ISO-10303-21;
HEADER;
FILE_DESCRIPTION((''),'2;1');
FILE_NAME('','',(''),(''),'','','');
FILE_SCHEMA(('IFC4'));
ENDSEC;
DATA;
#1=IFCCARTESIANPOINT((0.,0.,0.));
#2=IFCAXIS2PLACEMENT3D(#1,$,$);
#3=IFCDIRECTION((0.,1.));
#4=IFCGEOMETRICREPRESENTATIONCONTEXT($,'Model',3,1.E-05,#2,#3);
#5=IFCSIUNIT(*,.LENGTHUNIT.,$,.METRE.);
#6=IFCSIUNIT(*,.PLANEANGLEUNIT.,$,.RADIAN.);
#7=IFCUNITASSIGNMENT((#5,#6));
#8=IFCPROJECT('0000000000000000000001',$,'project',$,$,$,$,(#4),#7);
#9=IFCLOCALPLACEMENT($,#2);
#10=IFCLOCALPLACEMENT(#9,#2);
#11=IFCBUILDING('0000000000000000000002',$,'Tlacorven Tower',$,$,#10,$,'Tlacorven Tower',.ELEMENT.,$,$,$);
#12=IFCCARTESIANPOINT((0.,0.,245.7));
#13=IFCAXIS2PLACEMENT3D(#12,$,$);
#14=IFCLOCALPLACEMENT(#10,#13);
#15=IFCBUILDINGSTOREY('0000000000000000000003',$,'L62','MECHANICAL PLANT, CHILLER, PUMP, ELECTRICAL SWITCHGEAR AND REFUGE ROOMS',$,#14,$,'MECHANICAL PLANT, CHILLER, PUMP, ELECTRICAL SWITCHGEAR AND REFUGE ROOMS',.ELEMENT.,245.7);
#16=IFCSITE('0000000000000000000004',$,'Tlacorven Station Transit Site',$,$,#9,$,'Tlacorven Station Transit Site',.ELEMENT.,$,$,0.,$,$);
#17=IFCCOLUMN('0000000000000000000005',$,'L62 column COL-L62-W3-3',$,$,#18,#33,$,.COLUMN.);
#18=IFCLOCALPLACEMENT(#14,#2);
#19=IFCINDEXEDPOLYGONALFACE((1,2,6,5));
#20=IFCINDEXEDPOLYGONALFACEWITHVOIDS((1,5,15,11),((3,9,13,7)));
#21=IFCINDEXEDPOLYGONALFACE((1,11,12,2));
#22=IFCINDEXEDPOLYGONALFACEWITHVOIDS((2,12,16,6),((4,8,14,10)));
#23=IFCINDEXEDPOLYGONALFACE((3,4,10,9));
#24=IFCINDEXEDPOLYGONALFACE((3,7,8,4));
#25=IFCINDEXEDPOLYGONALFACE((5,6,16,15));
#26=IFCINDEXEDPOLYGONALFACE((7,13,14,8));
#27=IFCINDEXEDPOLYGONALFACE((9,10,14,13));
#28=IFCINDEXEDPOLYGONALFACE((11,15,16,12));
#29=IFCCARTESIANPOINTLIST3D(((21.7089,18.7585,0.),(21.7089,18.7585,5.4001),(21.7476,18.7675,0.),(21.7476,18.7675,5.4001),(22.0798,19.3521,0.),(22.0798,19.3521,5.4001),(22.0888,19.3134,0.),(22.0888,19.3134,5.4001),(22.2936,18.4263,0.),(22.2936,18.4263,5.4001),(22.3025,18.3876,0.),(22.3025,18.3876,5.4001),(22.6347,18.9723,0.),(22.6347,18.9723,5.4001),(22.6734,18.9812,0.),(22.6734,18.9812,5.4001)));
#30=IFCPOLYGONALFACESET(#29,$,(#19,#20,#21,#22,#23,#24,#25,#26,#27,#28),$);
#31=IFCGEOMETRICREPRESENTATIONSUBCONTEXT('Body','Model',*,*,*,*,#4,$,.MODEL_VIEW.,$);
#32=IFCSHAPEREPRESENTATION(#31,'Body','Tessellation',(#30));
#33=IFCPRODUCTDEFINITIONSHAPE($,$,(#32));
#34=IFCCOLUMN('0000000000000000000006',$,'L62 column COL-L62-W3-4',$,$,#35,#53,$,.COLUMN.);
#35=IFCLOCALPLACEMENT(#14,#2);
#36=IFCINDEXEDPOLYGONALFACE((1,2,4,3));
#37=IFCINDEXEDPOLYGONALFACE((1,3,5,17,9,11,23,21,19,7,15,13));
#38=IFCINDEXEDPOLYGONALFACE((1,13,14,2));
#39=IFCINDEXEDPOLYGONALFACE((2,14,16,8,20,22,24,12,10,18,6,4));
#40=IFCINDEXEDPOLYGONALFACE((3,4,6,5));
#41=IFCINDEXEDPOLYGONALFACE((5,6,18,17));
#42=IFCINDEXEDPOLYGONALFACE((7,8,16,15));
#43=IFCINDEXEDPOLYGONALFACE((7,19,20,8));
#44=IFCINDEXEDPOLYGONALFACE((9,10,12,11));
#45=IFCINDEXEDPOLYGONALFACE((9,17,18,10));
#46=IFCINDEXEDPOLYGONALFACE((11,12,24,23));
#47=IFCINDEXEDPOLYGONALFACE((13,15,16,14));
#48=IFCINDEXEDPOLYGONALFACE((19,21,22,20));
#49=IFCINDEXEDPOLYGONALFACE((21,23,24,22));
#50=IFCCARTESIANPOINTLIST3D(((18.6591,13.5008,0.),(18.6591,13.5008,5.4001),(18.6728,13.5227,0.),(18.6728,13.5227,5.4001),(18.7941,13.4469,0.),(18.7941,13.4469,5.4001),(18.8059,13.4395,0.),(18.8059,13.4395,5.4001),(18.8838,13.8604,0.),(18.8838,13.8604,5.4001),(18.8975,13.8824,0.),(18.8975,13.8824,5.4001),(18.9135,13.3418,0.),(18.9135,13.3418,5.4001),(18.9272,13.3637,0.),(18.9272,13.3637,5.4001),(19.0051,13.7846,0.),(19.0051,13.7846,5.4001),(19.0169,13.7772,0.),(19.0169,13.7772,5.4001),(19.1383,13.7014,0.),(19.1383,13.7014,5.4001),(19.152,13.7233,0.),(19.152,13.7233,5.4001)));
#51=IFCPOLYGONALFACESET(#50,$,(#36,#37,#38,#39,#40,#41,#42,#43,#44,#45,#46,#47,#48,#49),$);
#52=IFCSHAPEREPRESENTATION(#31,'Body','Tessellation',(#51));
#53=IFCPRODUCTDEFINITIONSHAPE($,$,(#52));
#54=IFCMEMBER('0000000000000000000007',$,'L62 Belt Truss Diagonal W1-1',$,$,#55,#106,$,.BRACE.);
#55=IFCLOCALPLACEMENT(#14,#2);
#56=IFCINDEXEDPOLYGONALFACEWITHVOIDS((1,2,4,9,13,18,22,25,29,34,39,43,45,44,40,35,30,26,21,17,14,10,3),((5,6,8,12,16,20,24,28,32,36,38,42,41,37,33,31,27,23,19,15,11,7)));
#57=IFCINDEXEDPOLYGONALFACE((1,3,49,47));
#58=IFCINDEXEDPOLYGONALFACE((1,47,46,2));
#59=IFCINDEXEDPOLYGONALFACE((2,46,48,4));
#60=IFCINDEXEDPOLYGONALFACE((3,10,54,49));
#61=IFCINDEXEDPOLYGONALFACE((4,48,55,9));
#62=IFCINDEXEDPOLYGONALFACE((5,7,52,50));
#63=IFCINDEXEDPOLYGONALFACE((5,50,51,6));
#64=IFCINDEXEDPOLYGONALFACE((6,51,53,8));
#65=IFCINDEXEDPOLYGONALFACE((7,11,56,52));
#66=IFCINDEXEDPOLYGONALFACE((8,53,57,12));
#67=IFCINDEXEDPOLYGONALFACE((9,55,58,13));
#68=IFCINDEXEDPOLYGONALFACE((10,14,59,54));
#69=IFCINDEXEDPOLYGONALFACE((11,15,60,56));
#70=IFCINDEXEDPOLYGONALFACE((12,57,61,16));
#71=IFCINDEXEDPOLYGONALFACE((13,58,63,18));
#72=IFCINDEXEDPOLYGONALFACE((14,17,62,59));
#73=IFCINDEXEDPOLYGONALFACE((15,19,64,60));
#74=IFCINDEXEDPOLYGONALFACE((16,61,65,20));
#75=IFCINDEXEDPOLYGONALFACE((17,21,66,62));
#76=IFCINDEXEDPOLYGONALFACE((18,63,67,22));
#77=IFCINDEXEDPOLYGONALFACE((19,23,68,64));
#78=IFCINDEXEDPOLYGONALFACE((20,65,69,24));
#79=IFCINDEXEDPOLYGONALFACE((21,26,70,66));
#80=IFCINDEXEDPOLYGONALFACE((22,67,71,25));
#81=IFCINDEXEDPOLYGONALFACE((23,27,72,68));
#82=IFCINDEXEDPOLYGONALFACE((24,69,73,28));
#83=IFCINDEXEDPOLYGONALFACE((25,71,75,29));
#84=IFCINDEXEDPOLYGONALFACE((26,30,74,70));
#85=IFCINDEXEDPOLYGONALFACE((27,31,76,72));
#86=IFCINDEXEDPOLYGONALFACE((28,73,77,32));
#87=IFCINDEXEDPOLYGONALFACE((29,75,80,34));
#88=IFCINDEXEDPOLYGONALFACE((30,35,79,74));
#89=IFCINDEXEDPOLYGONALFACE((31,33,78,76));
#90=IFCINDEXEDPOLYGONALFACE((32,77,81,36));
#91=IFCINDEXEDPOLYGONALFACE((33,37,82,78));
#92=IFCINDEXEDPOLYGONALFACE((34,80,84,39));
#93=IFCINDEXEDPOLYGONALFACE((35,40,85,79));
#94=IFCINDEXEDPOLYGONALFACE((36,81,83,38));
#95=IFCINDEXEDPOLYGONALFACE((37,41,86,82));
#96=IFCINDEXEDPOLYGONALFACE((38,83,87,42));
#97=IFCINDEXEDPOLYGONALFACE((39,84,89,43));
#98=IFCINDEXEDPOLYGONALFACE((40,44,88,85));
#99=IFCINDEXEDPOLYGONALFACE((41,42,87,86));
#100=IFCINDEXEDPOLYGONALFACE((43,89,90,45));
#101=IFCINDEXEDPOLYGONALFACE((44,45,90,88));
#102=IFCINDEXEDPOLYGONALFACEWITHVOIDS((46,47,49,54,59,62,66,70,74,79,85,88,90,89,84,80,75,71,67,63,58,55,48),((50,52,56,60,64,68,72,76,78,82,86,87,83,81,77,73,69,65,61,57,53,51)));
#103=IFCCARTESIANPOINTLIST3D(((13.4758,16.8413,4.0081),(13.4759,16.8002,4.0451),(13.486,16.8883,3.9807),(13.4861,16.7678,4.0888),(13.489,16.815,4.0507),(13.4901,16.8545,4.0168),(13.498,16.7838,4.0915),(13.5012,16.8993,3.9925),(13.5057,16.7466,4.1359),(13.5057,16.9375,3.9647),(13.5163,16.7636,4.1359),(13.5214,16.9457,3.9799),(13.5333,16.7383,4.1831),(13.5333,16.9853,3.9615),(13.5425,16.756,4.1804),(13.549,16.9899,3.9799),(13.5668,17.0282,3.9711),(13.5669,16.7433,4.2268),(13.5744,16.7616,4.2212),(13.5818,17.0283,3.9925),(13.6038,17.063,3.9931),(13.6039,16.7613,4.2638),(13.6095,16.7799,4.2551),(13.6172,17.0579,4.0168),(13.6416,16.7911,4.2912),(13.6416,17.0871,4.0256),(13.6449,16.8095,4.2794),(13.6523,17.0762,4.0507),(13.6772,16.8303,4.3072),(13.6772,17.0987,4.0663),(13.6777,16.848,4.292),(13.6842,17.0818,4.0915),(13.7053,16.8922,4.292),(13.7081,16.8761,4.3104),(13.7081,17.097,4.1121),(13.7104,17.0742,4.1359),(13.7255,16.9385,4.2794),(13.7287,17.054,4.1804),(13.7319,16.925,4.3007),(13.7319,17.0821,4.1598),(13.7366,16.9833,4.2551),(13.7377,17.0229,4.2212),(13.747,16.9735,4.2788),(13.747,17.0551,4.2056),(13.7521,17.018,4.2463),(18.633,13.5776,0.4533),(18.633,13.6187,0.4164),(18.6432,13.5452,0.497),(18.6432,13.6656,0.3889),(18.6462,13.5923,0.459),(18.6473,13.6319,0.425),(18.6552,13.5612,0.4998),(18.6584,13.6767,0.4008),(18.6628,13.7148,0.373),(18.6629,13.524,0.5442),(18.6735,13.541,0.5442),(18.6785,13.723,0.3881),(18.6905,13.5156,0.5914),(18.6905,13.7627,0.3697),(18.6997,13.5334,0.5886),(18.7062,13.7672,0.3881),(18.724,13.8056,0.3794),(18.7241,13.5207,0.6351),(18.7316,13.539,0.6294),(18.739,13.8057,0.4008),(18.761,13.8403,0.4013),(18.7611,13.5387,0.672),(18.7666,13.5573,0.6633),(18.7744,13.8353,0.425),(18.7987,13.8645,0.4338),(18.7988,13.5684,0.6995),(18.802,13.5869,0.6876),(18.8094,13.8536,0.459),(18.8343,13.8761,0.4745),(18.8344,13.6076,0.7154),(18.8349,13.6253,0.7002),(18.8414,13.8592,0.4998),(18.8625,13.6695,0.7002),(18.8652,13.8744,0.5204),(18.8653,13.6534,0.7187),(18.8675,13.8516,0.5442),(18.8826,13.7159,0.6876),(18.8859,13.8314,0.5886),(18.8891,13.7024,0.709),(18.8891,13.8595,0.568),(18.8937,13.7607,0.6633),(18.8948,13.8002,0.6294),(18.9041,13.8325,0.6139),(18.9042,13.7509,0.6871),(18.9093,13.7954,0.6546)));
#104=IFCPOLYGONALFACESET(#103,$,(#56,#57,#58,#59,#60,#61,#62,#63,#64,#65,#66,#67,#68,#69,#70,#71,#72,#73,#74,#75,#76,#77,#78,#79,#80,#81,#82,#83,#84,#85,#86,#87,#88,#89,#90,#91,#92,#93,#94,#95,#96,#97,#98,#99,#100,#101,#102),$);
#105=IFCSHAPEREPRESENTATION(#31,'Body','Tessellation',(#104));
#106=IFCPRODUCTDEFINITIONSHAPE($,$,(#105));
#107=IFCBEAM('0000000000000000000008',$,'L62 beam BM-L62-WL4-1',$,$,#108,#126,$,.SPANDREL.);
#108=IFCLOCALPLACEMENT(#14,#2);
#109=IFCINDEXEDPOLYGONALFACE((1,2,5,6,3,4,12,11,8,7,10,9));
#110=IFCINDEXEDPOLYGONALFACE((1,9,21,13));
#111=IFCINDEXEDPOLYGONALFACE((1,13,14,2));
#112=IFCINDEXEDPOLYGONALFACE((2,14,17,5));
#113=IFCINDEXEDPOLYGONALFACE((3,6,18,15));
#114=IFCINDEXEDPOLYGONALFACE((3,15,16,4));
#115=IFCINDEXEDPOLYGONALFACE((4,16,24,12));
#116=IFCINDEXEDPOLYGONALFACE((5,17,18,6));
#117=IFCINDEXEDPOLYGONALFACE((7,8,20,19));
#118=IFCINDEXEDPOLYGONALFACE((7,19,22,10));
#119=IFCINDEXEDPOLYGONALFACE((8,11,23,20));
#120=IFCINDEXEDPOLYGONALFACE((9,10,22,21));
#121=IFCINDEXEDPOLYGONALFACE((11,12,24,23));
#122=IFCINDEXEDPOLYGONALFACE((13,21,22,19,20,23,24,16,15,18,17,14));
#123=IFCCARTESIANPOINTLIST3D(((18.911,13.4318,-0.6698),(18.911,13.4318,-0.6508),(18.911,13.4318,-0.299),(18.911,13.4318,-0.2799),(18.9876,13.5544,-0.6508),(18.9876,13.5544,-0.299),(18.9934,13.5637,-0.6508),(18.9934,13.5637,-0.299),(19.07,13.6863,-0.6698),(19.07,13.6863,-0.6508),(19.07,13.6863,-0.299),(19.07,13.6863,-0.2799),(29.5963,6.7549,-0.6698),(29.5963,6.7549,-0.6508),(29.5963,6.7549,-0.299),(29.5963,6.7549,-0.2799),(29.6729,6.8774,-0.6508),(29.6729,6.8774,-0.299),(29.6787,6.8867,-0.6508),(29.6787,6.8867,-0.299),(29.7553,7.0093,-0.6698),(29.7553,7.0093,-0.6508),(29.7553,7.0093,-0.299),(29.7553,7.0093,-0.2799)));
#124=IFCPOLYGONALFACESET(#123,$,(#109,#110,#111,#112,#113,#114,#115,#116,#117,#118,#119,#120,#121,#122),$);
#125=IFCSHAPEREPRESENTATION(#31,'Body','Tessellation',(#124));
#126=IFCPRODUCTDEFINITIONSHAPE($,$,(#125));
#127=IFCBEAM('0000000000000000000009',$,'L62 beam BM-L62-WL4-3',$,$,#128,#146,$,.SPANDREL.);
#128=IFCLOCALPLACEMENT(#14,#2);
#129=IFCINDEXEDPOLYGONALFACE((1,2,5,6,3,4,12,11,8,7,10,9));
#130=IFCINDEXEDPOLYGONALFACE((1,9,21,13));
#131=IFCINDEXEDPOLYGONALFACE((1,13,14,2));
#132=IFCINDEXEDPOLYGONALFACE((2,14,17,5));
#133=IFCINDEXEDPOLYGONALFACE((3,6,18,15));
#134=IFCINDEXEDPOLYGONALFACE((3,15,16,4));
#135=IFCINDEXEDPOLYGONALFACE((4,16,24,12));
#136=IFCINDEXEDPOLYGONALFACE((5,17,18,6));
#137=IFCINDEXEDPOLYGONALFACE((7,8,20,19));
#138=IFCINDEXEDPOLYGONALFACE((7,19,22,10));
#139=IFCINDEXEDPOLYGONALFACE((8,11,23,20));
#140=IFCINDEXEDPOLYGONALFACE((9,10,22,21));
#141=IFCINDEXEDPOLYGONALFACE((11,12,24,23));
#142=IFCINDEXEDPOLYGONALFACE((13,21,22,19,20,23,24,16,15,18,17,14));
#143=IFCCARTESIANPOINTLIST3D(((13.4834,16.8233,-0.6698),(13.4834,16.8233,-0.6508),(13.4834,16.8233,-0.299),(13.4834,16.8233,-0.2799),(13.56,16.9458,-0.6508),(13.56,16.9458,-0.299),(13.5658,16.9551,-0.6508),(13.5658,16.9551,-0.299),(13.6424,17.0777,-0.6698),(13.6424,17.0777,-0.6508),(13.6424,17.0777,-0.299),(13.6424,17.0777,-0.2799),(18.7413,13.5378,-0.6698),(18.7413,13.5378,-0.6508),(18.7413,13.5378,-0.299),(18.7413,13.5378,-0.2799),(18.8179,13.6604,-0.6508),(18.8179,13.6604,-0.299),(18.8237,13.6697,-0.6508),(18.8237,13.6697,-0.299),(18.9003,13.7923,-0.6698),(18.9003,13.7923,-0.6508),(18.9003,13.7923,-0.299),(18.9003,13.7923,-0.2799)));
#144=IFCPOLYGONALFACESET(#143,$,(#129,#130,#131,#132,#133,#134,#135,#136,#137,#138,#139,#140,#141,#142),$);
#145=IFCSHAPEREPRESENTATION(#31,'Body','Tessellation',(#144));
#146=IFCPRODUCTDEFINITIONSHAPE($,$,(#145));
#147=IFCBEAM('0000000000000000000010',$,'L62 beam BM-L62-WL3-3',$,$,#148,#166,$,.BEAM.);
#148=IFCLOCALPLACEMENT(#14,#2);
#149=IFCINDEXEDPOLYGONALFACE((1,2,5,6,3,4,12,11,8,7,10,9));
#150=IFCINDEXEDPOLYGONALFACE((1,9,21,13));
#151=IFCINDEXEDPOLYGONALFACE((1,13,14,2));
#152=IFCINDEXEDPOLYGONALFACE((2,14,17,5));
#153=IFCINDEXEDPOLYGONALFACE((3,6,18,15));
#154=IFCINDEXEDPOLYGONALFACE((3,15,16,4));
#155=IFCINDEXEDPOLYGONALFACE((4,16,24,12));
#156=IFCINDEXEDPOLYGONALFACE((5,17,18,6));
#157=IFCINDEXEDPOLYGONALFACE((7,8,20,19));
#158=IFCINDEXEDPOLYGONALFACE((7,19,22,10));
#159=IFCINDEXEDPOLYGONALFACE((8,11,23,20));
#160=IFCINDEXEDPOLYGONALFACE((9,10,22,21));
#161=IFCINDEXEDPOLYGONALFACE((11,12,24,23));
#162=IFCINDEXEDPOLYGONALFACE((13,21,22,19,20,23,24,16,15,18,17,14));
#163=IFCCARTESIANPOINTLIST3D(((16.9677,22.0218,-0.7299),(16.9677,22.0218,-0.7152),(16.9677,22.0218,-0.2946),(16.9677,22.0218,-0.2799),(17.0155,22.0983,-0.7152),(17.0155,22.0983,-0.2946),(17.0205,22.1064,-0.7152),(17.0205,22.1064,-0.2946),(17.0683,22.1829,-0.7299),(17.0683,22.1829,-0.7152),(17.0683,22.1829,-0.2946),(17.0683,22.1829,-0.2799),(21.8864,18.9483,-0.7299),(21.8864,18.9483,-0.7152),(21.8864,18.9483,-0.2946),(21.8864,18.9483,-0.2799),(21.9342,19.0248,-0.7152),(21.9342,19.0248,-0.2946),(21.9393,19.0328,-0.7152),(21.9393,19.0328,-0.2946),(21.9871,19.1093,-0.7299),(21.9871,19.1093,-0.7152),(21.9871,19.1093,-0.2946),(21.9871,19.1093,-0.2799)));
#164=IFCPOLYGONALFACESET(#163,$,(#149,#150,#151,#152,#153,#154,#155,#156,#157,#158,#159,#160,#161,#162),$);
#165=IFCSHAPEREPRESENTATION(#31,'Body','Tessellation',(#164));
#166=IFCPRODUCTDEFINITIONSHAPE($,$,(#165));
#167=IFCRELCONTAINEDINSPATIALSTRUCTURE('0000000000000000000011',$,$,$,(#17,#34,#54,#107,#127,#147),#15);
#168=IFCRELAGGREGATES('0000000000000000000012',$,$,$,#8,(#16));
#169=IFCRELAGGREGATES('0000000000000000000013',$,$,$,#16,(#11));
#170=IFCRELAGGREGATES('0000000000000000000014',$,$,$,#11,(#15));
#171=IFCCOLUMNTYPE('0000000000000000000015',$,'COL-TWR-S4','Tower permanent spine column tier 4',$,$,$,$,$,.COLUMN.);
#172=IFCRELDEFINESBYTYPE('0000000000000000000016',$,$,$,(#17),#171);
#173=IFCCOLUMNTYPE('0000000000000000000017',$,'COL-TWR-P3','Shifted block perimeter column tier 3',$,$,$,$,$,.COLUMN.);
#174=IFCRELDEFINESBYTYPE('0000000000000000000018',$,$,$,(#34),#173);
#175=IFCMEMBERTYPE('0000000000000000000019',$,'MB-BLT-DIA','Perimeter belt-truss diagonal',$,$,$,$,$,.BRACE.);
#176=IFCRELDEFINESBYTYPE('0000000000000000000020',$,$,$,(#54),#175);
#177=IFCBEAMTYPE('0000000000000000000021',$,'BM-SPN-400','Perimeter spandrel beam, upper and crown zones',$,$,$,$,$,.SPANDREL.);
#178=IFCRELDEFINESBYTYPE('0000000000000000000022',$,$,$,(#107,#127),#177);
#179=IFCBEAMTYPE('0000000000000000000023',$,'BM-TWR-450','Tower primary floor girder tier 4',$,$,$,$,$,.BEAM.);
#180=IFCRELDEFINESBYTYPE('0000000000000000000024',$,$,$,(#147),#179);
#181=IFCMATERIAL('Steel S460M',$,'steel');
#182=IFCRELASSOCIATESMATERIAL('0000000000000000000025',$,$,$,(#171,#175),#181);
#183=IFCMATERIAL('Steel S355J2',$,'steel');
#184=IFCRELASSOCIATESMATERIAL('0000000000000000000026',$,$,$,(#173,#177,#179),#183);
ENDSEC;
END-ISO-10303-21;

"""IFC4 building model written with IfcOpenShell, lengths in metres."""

from ifc_helpers import new_model, si_unit, direction, frame, origin, origin_2d, place, context, subcontext, project, spatial, hollow_rectangle, hollow_circle, i_section, extrude, source, transform, mapped, material, material_profile, profile_set, type_object, element, save


model = new_model("IFC4")

# Units and contexts
model_context = context("Model", 3, precision=1e-05, world=origin(), true_north=direction((0.0, 1.0)))
body_context = subcontext(model_context, "Body", "Model", "MODEL_VIEW")
ifc_project = project(units=[si_unit("LENGTHUNIT", "METRE"), si_unit("PLANEANGLEUNIT", "RADIAN")], contexts=[model_context])

# Site, building, storey
site_placement = place(None, origin())
site = spatial("IfcSite", under=ifc_project, at=site_placement, Name="Tlacorven Station Transit Site", LongName="Tlacorven Station Transit Site", CompositionType="ELEMENT", RefElevation=0.0)
building_placement = place(site_placement, origin())
building = spatial("IfcBuilding", under=site, at=building_placement, Name="Tlacorven Tower", LongName="Tlacorven Tower", CompositionType="ELEMENT")
storey_placement = place(building_placement, frame((0.0, 0.0, 245.7)))
storey = spatial("IfcBuildingStorey", under=building, at=storey_placement, Name="L62", Description="MECHANICAL PLANT, CHILLER, PUMP, ELECTRICAL SWITCHGEAR AND REFUGE ROOMS", LongName="MECHANICAL PLANT, CHILLER, PUMP, ELECTRICAL SWITCHGEAR AND REFUGE ROOMS", CompositionType="ELEMENT", Elevation=245.7)

# Columns
ifc_material_1 = material(Name="Steel S460M", Category="steel")
ifc_material_profile_1 = material_profile(ifc_material_1, hollow_rectangle(XDim=0.7, YDim=0.7, WallThickness=0.0281, at=origin_2d()), Name="BOX 700X700X28")
ifc_profile_set_1 = profile_set([ifc_material_profile_1], Name="Steel S460M")
column_type_1 = type_object("IfcColumnType", Name="COL-TWR-S4", Description="Tower permanent spine column tier 4", PredefinedType="COLUMN", material=ifc_profile_set_1)
shared_shape_1 = source(origin(), body_context, "Body", "SweptSolid", [
    extrude(hollow_rectangle(XDim=0.7, YDim=0.7, WallThickness=0.0281, at=origin_2d()), origin(), (0.0, 0.0, 1.0), 5.4001),
])
column_1_placement = place(storey_placement, frame((22.1912, 18.8699, 0.0), z_axis=(0.0, 0.0, 1.0), x_axis=(-0.848048, 0.529919, 0.0)))
element("IfcColumn", 1, at=column_1_placement, inside=storey, type_object=column_type_1, Name="L62 column COL-L62-W3-3", PredefinedType="COLUMN", context=body_context, shape_type="MappedRepresentation", body=[
    mapped(shared_shape_1, transform((0.0, 0.0, 0.0), scale=1.0)),
])
ifc_material_2 = material(Name="Steel S355J2", Category="steel")
ifc_material_profile_2 = material_profile(ifc_material_2, i_section(OverallWidth=0.3, OverallDepth=0.45, WebThickness=0.0139, FlangeThickness=0.0259, at=origin_2d()), Name="HEB 450")
ifc_profile_set_2 = profile_set([ifc_material_profile_2], Name="Steel S355J2")
column_type_2 = type_object("IfcColumnType", Name="COL-TWR-P3", Description="Shifted block perimeter column tier 3", PredefinedType="COLUMN", material=ifc_profile_set_2)
shared_shape_2 = source(origin(), body_context, "Body", "SweptSolid", [
    extrude(i_section(OverallWidth=0.3, OverallDepth=0.45, WebThickness=0.0139, FlangeThickness=0.0259, at=origin_2d()), origin(), (0.0, 0.0, 1.0), 5.4001),
])
column_2_placement = place(storey_placement, frame((18.9055, 13.6121, 0.0), z_axis=(0.0, 0.0, 1.0), x_axis=(-0.848048, 0.529919, 0.0)))
element("IfcColumn", 2, at=column_2_placement, inside=storey, type_object=column_type_2, Name="L62 column COL-L62-W3-4", PredefinedType="COLUMN", context=body_context, shape_type="MappedRepresentation", body=[
    mapped(shared_shape_2, transform((0.0, 0.0, 0.0), scale=1.0)),
])

# Member
ifc_material_profile_3 = material_profile(ifc_material_1, hollow_circle(Radius=0.2031, WallThickness=0.02, at=origin_2d()), Name="CHS 406.4X20")
ifc_profile_set_3 = profile_set([ifc_material_profile_3], Name="Steel S460M")
member_type_1 = type_object("IfcMemberType", Name="MB-BLT-DIA", Description="Perimeter belt-truss diagonal", PredefinedType="BRACE", material=ifc_profile_set_3)
shared_shape_3 = source(origin(), body_context, "Body", "SweptSolid", [
    extrude(hollow_circle(Radius=0.2031, WallThickness=0.02, at=origin_2d()), origin(), (0.0, 0.0, 1.0), 7.0627),
])
member_1_placement = place(storey_placement, frame((18.7705, 13.6963, 0.5442), z_axis=(-0.730193, 0.456284, 0.50855), x_axis=(-0.529927, -0.848043, 0.0)))
element("IfcMember", 3, at=member_1_placement, inside=storey, type_object=member_type_1, Name="L62 Belt Truss Diagonal W1-1", PredefinedType="BRACE", context=body_context, shape_type="MappedRepresentation", body=[
    mapped(shared_shape_3, transform((0.0, 0.0, 0.0), scale=1.0)),
])

# Beams
ifc_material_profile_4 = material_profile(ifc_material_2, i_section(OverallWidth=0.3, OverallDepth=0.3899, WebThickness=0.011, FlangeThickness=0.019, at=origin_2d()), Name="HEA 400")
ifc_profile_set_4 = profile_set([ifc_material_profile_4], Name="Steel S355J2")
beam_type_1 = type_object("IfcBeamType", Name="BM-SPN-400", Description="Perimeter spandrel beam, upper and crown zones", PredefinedType="SPANDREL", material=ifc_profile_set_4)
shared_shape_4 = source(origin(), body_context, "Body", "SweptSolid", [
    extrude(i_section(OverallWidth=0.3, OverallDepth=0.3899, WebThickness=0.011, FlangeThickness=0.019, at=origin_2d()), origin(), (0.0, 0.0, 1.0), 12.5999),
])
beam_1_placement = place(storey_placement, frame((29.6758, 6.8821, -0.4749), z_axis=(-0.848045, 0.529924, 0.0), x_axis=(-0.529924, -0.848045, 0.0)))
element("IfcBeam", 4, at=beam_1_placement, inside=storey, type_object=beam_type_1, Name="L62 beam BM-L62-WL4-1", PredefinedType="SPANDREL", context=body_context, shape_type="MappedRepresentation", body=[
    mapped(shared_shape_4, transform((0.0, 0.0, 0.0), scale=1.0)),
])
shared_shape_5 = source(origin(), body_context, "Body", "SweptSolid", [
    extrude(i_section(OverallWidth=0.3, OverallDepth=0.3899, WebThickness=0.011, FlangeThickness=0.019, at=origin_2d()), origin(), (0.0, 0.0, 1.0), 6.2),
])
beam_2_placement = place(storey_placement, frame((18.8208, 13.665, -0.4749), z_axis=(-0.848051, 0.529914, 0.0), x_axis=(-0.529914, -0.848051, 0.0)))
element("IfcBeam", 5, at=beam_2_placement, inside=storey, type_object=beam_type_1, Name="L62 beam BM-L62-WL4-3", PredefinedType="SPANDREL", context=body_context, shape_type="MappedRepresentation", body=[
    mapped(shared_shape_5, transform((0.0, 0.0, 0.0), scale=1.0)),
])
ifc_material_profile_5 = material_profile(ifc_material_2, i_section(OverallWidth=0.1899, OverallDepth=0.45, WebThickness=0.0095, FlangeThickness=0.0146, at=origin_2d()), Name="IPE 450")
ifc_profile_set_5 = profile_set([ifc_material_profile_5], Name="Steel S355J2")
beam_type_2 = type_object("IfcBeamType", Name="BM-TWR-450", Description="Tower primary floor girder tier 4", PredefinedType="BEAM", material=ifc_profile_set_5)
shared_shape_6 = source(origin(), body_context, "Body", "SweptSolid", [
    extrude(i_section(OverallWidth=0.1899, OverallDepth=0.45, WebThickness=0.0095, FlangeThickness=0.0146, at=origin_2d()), origin(), (0.0, 0.0, 1.0), 5.8),
])
for number, where, z_axis, x_axis, name in (
    (6, (21.9368, 19.0288, -0.5049), (-0.848053, 0.529912, 0.0), (-0.529912, -0.848053, 0.0), "L62 beam BM-L62-WL3-3"),
):
    element("IfcBeam", number, at=place(storey_placement, frame(where, z_axis=z_axis, x_axis=x_axis)), inside=storey, type_object=beam_type_2, Name=name, PredefinedType="BEAM", context=body_context, shape_type="MappedRepresentation", body=[
        mapped(shared_shape_6, transform((0.0, 0.0, 0.0), scale=1.0)),
    ])

save(model, "model.ifc")
